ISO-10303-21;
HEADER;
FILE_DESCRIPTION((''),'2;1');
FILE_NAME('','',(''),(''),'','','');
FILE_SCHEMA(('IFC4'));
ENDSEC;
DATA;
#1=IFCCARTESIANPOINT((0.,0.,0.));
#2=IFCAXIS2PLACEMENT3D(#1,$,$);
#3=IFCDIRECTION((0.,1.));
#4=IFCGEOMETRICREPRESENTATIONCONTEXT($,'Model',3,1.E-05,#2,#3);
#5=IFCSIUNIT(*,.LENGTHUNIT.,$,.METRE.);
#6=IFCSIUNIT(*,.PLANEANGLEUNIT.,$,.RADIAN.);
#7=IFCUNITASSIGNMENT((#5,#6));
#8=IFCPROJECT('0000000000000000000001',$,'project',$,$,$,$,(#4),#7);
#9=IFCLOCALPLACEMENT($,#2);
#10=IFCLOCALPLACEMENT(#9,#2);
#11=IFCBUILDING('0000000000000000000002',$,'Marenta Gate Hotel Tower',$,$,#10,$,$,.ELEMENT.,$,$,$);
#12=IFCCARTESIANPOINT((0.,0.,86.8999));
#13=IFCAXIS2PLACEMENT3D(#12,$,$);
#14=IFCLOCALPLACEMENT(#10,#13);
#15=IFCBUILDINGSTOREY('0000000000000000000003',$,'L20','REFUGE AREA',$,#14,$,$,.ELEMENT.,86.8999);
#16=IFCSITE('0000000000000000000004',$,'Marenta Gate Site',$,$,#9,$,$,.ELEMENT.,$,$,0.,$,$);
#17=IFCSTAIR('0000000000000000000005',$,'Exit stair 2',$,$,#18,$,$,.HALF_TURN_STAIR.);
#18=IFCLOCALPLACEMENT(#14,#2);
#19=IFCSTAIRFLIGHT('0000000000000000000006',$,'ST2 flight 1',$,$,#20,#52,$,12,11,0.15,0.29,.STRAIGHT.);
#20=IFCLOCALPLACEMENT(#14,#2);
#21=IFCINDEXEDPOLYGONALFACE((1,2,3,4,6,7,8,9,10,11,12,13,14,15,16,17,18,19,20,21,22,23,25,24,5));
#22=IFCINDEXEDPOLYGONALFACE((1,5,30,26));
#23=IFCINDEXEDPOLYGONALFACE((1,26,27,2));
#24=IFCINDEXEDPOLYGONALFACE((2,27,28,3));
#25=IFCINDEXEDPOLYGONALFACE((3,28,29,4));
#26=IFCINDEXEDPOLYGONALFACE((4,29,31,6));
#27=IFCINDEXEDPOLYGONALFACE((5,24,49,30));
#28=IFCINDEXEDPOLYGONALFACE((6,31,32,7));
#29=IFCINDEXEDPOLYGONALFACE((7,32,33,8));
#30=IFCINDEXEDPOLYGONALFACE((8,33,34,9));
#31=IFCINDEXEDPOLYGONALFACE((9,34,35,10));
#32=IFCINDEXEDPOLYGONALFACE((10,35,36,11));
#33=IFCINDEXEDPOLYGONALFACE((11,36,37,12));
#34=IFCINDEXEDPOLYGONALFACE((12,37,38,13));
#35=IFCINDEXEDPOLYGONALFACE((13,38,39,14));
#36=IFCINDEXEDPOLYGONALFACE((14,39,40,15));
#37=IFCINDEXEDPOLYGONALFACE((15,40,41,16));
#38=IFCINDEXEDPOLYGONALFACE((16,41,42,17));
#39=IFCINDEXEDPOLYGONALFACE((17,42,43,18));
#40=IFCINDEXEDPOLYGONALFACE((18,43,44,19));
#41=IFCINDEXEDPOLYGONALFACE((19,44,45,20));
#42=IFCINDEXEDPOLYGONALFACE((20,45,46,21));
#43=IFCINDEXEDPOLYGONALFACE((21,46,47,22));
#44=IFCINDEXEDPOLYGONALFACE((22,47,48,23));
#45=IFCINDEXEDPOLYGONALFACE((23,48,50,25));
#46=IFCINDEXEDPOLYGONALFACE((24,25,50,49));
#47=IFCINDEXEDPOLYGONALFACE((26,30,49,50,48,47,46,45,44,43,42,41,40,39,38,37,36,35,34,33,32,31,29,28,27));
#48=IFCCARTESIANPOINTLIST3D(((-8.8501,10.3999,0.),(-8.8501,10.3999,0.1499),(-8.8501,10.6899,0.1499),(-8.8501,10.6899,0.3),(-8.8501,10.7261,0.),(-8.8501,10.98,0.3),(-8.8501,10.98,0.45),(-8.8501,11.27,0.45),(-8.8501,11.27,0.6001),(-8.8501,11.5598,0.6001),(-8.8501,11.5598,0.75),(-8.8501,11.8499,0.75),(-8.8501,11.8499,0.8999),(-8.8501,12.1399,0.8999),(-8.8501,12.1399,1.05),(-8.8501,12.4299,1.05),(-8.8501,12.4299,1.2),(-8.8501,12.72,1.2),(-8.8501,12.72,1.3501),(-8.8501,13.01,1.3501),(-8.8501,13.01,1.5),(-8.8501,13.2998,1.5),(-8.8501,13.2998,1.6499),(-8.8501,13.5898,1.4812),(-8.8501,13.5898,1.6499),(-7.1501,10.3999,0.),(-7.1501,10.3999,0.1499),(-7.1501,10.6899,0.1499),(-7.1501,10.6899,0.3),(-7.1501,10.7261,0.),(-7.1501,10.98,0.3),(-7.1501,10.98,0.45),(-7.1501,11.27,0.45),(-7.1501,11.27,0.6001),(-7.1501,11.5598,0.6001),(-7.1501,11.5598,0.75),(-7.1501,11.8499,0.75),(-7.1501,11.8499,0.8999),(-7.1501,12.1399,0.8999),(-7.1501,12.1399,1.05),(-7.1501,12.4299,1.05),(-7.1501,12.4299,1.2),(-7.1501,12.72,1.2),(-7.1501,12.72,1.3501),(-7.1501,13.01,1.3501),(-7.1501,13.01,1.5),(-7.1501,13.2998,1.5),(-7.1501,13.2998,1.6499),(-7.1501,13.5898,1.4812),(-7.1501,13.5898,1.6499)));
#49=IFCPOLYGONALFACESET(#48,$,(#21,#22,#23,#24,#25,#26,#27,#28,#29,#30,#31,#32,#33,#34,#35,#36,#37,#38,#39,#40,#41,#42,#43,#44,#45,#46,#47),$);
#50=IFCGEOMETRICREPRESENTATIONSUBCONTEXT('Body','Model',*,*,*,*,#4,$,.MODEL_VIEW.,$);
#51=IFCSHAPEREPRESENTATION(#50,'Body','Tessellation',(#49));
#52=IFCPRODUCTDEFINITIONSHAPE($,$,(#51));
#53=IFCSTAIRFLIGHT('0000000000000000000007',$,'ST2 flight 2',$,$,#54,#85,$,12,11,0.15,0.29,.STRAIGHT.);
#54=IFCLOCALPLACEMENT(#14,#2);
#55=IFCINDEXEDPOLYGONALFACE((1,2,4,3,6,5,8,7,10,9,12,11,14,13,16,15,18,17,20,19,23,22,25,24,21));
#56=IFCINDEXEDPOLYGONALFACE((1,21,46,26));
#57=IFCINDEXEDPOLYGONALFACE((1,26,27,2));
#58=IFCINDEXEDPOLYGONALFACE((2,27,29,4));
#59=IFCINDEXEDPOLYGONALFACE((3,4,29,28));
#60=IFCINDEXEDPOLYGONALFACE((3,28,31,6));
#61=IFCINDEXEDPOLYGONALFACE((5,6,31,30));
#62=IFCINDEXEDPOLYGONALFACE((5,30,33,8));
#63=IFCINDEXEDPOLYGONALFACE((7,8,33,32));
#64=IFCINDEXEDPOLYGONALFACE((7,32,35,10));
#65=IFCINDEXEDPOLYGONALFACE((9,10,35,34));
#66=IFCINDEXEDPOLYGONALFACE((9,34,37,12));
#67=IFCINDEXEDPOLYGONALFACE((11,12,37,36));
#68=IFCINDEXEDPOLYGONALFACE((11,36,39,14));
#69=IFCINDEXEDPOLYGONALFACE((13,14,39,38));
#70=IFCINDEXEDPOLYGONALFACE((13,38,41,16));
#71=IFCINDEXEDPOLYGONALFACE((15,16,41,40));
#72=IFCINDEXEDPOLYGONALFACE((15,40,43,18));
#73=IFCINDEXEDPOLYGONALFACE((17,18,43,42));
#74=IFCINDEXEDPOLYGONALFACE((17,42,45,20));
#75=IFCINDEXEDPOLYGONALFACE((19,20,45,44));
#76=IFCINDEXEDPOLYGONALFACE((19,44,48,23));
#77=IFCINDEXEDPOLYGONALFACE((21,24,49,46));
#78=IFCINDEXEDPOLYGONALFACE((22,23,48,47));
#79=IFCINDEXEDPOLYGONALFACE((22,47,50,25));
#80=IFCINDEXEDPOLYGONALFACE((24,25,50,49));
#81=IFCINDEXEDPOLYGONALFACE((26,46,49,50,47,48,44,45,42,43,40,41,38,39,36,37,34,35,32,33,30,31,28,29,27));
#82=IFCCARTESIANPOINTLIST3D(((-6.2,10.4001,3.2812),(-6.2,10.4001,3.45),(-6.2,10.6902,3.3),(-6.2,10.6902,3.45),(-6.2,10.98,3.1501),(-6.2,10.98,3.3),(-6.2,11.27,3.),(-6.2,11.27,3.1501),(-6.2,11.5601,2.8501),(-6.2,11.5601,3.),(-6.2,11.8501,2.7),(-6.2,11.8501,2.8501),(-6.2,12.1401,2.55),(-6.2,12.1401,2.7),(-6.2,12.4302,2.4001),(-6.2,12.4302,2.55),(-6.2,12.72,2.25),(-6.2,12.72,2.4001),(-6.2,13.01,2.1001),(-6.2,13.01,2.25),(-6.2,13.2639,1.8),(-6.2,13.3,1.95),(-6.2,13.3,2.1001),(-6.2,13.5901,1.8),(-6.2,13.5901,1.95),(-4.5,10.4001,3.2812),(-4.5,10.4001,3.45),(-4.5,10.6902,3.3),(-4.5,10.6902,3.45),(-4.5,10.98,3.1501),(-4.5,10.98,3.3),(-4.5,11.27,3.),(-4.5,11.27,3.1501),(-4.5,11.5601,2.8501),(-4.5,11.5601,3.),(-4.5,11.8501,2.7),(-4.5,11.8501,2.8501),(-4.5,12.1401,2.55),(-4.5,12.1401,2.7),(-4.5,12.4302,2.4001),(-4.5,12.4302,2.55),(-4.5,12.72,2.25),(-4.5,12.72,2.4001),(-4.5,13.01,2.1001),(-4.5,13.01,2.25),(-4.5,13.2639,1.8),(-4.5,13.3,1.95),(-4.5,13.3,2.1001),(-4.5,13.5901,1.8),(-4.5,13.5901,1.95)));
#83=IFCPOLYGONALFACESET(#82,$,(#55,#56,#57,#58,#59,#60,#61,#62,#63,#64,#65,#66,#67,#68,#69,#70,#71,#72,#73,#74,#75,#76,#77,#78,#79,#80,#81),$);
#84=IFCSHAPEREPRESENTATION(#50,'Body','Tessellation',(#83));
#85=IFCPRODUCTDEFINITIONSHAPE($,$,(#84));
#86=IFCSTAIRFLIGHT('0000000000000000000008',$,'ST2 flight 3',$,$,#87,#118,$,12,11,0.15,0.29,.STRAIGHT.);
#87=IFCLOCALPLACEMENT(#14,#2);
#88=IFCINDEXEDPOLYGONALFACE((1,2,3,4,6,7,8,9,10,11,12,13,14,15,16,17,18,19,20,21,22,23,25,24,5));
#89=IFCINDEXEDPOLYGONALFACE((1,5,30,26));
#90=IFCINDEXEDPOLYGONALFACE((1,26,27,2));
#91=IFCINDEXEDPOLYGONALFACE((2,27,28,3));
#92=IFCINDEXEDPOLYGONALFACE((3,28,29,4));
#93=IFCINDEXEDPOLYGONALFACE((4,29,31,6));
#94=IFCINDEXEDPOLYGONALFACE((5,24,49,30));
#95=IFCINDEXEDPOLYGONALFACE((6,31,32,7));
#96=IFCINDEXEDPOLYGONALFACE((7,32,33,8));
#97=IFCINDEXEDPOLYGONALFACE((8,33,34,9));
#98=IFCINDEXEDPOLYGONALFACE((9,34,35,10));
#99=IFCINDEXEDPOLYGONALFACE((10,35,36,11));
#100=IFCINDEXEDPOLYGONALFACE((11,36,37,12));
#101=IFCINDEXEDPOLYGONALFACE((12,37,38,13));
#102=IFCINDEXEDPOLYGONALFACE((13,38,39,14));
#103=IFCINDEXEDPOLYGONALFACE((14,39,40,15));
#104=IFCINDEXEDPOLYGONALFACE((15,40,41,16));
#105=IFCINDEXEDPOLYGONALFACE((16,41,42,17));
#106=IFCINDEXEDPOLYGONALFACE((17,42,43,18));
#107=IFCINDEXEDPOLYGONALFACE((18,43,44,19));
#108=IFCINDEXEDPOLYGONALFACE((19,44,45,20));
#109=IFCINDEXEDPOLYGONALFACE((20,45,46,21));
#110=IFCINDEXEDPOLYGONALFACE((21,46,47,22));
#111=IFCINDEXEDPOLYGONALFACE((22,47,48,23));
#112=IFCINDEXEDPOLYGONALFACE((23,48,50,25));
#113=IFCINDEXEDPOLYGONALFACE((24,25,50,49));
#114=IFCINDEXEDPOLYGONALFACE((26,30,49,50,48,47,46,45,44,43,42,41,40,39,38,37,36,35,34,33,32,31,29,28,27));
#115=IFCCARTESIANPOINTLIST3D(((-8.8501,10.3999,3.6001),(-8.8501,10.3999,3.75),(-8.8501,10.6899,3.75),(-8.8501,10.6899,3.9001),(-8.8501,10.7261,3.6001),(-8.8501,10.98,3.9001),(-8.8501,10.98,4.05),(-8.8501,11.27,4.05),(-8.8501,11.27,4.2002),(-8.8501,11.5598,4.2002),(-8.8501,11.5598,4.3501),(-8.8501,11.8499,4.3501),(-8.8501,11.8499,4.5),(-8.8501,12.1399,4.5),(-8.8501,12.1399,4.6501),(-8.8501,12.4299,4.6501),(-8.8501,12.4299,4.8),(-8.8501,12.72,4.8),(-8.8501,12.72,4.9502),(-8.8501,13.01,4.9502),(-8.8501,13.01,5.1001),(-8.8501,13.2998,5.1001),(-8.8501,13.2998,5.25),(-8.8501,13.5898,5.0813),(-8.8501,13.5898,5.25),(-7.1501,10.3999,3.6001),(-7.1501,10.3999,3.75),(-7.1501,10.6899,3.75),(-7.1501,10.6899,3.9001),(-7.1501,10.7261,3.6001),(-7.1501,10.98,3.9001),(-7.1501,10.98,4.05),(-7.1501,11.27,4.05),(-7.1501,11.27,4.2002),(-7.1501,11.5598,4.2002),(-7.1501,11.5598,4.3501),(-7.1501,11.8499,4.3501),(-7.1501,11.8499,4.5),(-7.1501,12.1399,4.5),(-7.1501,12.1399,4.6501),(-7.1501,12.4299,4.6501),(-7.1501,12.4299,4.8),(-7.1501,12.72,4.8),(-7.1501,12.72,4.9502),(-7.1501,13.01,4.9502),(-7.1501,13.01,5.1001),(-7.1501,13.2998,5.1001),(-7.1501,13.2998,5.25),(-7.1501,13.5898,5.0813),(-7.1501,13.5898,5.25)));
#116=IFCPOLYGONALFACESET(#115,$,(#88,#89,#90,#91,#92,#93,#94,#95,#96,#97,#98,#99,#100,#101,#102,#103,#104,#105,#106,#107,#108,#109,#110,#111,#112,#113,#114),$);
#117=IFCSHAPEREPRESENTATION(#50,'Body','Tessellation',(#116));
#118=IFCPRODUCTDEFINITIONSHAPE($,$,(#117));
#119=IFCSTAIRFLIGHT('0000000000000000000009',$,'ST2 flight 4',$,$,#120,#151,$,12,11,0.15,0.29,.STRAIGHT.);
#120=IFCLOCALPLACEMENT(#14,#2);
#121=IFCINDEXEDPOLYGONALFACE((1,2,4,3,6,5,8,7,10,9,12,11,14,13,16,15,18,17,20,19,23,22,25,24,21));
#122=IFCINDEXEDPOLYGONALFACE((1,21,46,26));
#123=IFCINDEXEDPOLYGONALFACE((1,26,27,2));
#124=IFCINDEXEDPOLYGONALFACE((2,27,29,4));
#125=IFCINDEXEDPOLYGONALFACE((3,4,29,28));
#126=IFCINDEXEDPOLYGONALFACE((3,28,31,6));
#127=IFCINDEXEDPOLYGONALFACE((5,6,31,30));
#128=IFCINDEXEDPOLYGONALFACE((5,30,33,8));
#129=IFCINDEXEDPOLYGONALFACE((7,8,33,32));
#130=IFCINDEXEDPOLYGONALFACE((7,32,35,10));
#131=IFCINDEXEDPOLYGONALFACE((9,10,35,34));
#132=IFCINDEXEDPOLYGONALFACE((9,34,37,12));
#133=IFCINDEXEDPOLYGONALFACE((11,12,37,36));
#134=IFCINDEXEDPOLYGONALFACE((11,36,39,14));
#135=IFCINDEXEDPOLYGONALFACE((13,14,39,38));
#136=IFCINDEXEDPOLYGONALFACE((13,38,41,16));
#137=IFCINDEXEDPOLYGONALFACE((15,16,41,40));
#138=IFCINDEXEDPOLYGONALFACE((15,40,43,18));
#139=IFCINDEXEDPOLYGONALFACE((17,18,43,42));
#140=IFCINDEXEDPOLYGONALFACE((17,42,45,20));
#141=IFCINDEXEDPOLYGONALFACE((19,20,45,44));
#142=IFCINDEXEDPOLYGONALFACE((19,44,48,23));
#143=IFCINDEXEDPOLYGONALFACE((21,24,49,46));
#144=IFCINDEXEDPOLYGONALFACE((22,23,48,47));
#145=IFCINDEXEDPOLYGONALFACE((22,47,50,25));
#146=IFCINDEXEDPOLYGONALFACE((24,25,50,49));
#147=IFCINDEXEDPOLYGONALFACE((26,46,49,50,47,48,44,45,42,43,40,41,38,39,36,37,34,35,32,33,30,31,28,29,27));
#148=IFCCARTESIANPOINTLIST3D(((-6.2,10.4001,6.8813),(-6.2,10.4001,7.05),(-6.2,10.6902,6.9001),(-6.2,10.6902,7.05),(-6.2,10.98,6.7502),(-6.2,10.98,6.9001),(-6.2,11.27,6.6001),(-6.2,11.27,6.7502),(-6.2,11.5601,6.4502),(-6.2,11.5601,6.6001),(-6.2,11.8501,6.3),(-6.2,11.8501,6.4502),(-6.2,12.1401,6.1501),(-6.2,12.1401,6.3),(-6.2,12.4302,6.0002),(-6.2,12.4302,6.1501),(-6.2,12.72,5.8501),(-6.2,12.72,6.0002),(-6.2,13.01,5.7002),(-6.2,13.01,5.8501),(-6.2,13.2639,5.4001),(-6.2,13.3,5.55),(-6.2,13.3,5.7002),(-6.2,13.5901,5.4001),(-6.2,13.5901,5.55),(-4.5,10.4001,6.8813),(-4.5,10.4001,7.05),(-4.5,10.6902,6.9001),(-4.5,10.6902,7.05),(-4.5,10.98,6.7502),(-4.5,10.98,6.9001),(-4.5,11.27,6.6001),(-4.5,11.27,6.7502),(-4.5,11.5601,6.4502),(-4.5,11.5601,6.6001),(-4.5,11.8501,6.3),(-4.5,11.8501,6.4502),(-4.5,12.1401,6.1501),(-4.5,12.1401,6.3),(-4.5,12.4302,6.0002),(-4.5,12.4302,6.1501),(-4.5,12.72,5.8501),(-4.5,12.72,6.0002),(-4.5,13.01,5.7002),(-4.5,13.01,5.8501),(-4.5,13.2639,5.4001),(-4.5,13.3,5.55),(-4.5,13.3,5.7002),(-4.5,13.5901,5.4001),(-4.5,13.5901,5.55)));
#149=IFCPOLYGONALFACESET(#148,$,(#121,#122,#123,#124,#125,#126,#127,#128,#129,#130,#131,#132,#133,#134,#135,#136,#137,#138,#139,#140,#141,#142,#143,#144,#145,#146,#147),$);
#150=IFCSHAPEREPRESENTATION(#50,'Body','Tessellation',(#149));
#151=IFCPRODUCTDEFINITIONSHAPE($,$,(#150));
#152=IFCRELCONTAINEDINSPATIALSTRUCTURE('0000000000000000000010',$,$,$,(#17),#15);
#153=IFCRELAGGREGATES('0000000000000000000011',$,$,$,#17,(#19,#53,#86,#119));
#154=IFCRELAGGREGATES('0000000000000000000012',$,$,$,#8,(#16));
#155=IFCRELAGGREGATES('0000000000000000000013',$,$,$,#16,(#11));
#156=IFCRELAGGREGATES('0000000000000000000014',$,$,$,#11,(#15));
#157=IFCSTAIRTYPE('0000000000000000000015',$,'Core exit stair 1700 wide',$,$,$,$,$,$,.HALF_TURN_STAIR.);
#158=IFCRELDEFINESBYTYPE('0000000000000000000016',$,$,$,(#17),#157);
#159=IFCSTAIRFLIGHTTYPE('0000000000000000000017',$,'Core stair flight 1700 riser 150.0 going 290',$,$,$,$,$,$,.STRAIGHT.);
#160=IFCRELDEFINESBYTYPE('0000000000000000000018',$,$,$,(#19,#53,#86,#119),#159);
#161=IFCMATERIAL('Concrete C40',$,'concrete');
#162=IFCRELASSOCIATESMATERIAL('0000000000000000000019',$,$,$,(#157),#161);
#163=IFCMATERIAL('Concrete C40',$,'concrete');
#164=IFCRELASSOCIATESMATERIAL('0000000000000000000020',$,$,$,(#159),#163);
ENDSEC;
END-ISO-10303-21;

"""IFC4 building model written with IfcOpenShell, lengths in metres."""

from ifc_helpers import new_model, si_unit, direction, frame, origin, place, context, subcontext, project, spatial, polyline, outline, extrude, material, type_object, element, aggregate, save


model = new_model("IFC4")

# Units and contexts
model_context = context("Model", 3, precision=1e-05, world=origin(), true_north=direction((0.0, 1.0)))
body_context = subcontext(model_context, "Body", "Model", "MODEL_VIEW")
ifc_project = project(units=[si_unit("LENGTHUNIT", "METRE"), si_unit("PLANEANGLEUNIT", "RADIAN")], contexts=[model_context])

# Site, building, storey
site_placement = place(None, origin())
site = spatial("IfcSite", under=ifc_project, at=site_placement, Name="Marenta Gate Site", CompositionType="ELEMENT", RefElevation=0.0)
building_placement = place(site_placement, origin())
building = spatial("IfcBuilding", under=site, at=building_placement, Name="Marenta Gate Hotel Tower", CompositionType="ELEMENT")
storey_placement = place(building_placement, frame((0.0, 0.0, 86.8999)))
storey = spatial("IfcBuildingStorey", under=building, at=storey_placement, Name="L20", Description="REFUGE AREA", CompositionType="ELEMENT", Elevation=86.8999)

# Stair, stair flights
ifc_material_1 = material(Name="Concrete C40", Category="concrete")
stair_type = type_object("IfcStairType", Name="Core exit stair 1700 wide", PredefinedType="HALF_TURN_STAIR", material=ifc_material_1)
stair_placement = place(storey_placement, origin())
stair = element("IfcStair", 1, at=stair_placement, inside=storey, type_object=stair_type, Name="Exit stair 2", PredefinedType="HALF_TURN_STAIR")
ifc_material_2 = material(Name="Concrete C40", Category="concrete")
stair_flight_type = type_object("IfcStairFlightType", Name="Core stair flight 1700 riser 150.0 going 290", PredefinedType="STRAIGHT", material=ifc_material_2)
stair_flight_1_placement = place(storey_placement, frame((-8.0, 10.3999, 0.0), z_axis=(0.0, 0.0, 1.0), x_axis=(0.0, 1.0, 0.0)))
stair_flight_1 = element("IfcStairFlight", 2, at=stair_flight_1_placement, type_object=stair_flight_type, Name="ST2 flight 1", NumberOfRisers=12, NumberOfTreads=11, PredefinedType="STRAIGHT", RiserHeight=0.15, TreadLength=0.29, context=body_context, shape_type="SweptSolid", body=[
    extrude(outline(polyline([(0.0, 0.0), (0.0, 0.1499), (0.29, 0.1499), (0.29, 0.3), (0.5801, 0.3), (0.5801, 0.45), (0.8701, 0.45), (0.8701, 0.6001), (1.1599, 0.6001), (1.1599, 0.75), (1.45, 0.75), (1.45, 0.8999), (1.74, 0.8999), (1.74, 1.05), (2.03, 1.05), (2.03, 1.2), (2.3201, 1.2), (2.3201, 1.3501), (2.6101, 1.3501), (2.6101, 1.5), (2.8999, 1.5), (2.8999, 1.6499), (3.1899, 1.6499), (3.1899, 1.8), (3.1899, 1.4812), (0.3262, 0.0), (0.0, 0.0)])), frame((0.0, 0.8501, 0.0), z_axis=(0.0, -1.0, 0.0), x_axis=(1.0, 0.0, 0.0)), (0.0, 0.0, 1.0), 1.7),
])
stair_flight_2_placement = place(storey_placement, frame((-5.3501, 13.5901, 1.8), z_axis=(0.0, 0.0, 1.0), x_axis=(0.0, -1.0, 0.0)))
stair_flight_2 = element("IfcStairFlight", 3, at=stair_flight_2_placement, type_object=stair_flight_type, Name="ST2 flight 2", NumberOfRisers=12, NumberOfTreads=11, PredefinedType="STRAIGHT", RiserHeight=0.15, TreadLength=0.29, context=body_context, shape_type="SweptSolid", body=[
    extrude(outline(polyline([(0.0, 0.0), (0.0, 0.1499), (0.29, 0.1499), (0.29, 0.3), (0.5801, 0.3), (0.5801, 0.45), (0.8701, 0.45), (0.8701, 0.6001), (1.1599, 0.6001), (1.1599, 0.75), (1.45, 0.75), (1.45, 0.8999), (1.74, 0.8999), (1.74, 1.05), (2.03, 1.05), (2.03, 1.2), (2.3201, 1.2), (2.3201, 1.3501), (2.6101, 1.3501), (2.6101, 1.5), (2.8999, 1.5), (2.8999, 1.6499), (3.1899, 1.6499), (3.1899, 1.8), (3.1899, 1.4812), (0.3262, 0.0), (0.0, 0.0)])), frame((0.0, 0.8501, 0.0), z_axis=(0.0, -1.0, 0.0), x_axis=(1.0, 0.0, 0.0)), (0.0, 0.0, 1.0), 1.7),
])
stair_flight_3_placement = place(storey_placement, frame((-8.0, 10.3999, 3.6001), z_axis=(0.0, 0.0, 1.0), x_axis=(0.0, 1.0, 0.0)))
stair_flight_3 = element("IfcStairFlight", 4, at=stair_flight_3_placement, type_object=stair_flight_type, Name="ST2 flight 3", NumberOfRisers=12, NumberOfTreads=11, PredefinedType="STRAIGHT", RiserHeight=0.15, TreadLength=0.29, context=body_context, shape_type="SweptSolid", body=[
    extrude(outline(polyline([(0.0, 0.0), (0.0, 0.1499), (0.29, 0.1499), (0.29, 0.3), (0.5801, 0.3), (0.5801, 0.45), (0.8701, 0.45), (0.8701, 0.6001), (1.1599, 0.6001), (1.1599, 0.75), (1.45, 0.75), (1.45, 0.8999), (1.74, 0.8999), (1.74, 1.05), (2.03, 1.05), (2.03, 1.2), (2.3201, 1.2), (2.3201, 1.3501), (2.6101, 1.3501), (2.6101, 1.5), (2.8999, 1.5), (2.8999, 1.6499), (3.1899, 1.6499), (3.1899, 1.8), (3.1899, 1.4812), (0.3262, 0.0), (0.0, 0.0)])), frame((0.0, 0.8501, 0.0), z_axis=(0.0, -1.0, 0.0), x_axis=(1.0, 0.0, 0.0)), (0.0, 0.0, 1.0), 1.7),
])
stair_flight_4_placement = place(storey_placement, frame((-5.3501, 13.5901, 5.4001), z_axis=(0.0, 0.0, 1.0), x_axis=(0.0, -1.0, 0.0)))
stair_flight_4 = element("IfcStairFlight", 5, at=stair_flight_4_placement, type_object=stair_flight_type, Name="ST2 flight 4", NumberOfRisers=12, NumberOfTreads=11, PredefinedType="STRAIGHT", RiserHeight=0.15, TreadLength=0.29, context=body_context, shape_type="SweptSolid", body=[
    extrude(outline(polyline([(0.0, 0.0), (0.0, 0.1499), (0.29, 0.1499), (0.29, 0.3), (0.5801, 0.3), (0.5801, 0.45), (0.8701, 0.45), (0.8701, 0.6001), (1.1599, 0.6001), (1.1599, 0.75), (1.45, 0.75), (1.45, 0.8999), (1.74, 0.8999), (1.74, 1.05), (2.03, 1.05), (2.03, 1.2), (2.3201, 1.2), (2.3201, 1.3501), (2.6101, 1.3501), (2.6101, 1.5), (2.8999, 1.5), (2.8999, 1.6499), (3.1899, 1.6499), (3.1899, 1.8), (3.1899, 1.4812), (0.3262, 0.0), (0.0, 0.0)])), frame((0.0, 0.8501, 0.0), z_axis=(0.0, -1.0, 0.0), x_axis=(1.0, 0.0, 0.0)), (0.0, 0.0, 1.0), 1.7),
])
aggregate(stair, [stair_flight_1, stair_flight_2, stair_flight_3, stair_flight_4])

save(model, "model.ifc")
